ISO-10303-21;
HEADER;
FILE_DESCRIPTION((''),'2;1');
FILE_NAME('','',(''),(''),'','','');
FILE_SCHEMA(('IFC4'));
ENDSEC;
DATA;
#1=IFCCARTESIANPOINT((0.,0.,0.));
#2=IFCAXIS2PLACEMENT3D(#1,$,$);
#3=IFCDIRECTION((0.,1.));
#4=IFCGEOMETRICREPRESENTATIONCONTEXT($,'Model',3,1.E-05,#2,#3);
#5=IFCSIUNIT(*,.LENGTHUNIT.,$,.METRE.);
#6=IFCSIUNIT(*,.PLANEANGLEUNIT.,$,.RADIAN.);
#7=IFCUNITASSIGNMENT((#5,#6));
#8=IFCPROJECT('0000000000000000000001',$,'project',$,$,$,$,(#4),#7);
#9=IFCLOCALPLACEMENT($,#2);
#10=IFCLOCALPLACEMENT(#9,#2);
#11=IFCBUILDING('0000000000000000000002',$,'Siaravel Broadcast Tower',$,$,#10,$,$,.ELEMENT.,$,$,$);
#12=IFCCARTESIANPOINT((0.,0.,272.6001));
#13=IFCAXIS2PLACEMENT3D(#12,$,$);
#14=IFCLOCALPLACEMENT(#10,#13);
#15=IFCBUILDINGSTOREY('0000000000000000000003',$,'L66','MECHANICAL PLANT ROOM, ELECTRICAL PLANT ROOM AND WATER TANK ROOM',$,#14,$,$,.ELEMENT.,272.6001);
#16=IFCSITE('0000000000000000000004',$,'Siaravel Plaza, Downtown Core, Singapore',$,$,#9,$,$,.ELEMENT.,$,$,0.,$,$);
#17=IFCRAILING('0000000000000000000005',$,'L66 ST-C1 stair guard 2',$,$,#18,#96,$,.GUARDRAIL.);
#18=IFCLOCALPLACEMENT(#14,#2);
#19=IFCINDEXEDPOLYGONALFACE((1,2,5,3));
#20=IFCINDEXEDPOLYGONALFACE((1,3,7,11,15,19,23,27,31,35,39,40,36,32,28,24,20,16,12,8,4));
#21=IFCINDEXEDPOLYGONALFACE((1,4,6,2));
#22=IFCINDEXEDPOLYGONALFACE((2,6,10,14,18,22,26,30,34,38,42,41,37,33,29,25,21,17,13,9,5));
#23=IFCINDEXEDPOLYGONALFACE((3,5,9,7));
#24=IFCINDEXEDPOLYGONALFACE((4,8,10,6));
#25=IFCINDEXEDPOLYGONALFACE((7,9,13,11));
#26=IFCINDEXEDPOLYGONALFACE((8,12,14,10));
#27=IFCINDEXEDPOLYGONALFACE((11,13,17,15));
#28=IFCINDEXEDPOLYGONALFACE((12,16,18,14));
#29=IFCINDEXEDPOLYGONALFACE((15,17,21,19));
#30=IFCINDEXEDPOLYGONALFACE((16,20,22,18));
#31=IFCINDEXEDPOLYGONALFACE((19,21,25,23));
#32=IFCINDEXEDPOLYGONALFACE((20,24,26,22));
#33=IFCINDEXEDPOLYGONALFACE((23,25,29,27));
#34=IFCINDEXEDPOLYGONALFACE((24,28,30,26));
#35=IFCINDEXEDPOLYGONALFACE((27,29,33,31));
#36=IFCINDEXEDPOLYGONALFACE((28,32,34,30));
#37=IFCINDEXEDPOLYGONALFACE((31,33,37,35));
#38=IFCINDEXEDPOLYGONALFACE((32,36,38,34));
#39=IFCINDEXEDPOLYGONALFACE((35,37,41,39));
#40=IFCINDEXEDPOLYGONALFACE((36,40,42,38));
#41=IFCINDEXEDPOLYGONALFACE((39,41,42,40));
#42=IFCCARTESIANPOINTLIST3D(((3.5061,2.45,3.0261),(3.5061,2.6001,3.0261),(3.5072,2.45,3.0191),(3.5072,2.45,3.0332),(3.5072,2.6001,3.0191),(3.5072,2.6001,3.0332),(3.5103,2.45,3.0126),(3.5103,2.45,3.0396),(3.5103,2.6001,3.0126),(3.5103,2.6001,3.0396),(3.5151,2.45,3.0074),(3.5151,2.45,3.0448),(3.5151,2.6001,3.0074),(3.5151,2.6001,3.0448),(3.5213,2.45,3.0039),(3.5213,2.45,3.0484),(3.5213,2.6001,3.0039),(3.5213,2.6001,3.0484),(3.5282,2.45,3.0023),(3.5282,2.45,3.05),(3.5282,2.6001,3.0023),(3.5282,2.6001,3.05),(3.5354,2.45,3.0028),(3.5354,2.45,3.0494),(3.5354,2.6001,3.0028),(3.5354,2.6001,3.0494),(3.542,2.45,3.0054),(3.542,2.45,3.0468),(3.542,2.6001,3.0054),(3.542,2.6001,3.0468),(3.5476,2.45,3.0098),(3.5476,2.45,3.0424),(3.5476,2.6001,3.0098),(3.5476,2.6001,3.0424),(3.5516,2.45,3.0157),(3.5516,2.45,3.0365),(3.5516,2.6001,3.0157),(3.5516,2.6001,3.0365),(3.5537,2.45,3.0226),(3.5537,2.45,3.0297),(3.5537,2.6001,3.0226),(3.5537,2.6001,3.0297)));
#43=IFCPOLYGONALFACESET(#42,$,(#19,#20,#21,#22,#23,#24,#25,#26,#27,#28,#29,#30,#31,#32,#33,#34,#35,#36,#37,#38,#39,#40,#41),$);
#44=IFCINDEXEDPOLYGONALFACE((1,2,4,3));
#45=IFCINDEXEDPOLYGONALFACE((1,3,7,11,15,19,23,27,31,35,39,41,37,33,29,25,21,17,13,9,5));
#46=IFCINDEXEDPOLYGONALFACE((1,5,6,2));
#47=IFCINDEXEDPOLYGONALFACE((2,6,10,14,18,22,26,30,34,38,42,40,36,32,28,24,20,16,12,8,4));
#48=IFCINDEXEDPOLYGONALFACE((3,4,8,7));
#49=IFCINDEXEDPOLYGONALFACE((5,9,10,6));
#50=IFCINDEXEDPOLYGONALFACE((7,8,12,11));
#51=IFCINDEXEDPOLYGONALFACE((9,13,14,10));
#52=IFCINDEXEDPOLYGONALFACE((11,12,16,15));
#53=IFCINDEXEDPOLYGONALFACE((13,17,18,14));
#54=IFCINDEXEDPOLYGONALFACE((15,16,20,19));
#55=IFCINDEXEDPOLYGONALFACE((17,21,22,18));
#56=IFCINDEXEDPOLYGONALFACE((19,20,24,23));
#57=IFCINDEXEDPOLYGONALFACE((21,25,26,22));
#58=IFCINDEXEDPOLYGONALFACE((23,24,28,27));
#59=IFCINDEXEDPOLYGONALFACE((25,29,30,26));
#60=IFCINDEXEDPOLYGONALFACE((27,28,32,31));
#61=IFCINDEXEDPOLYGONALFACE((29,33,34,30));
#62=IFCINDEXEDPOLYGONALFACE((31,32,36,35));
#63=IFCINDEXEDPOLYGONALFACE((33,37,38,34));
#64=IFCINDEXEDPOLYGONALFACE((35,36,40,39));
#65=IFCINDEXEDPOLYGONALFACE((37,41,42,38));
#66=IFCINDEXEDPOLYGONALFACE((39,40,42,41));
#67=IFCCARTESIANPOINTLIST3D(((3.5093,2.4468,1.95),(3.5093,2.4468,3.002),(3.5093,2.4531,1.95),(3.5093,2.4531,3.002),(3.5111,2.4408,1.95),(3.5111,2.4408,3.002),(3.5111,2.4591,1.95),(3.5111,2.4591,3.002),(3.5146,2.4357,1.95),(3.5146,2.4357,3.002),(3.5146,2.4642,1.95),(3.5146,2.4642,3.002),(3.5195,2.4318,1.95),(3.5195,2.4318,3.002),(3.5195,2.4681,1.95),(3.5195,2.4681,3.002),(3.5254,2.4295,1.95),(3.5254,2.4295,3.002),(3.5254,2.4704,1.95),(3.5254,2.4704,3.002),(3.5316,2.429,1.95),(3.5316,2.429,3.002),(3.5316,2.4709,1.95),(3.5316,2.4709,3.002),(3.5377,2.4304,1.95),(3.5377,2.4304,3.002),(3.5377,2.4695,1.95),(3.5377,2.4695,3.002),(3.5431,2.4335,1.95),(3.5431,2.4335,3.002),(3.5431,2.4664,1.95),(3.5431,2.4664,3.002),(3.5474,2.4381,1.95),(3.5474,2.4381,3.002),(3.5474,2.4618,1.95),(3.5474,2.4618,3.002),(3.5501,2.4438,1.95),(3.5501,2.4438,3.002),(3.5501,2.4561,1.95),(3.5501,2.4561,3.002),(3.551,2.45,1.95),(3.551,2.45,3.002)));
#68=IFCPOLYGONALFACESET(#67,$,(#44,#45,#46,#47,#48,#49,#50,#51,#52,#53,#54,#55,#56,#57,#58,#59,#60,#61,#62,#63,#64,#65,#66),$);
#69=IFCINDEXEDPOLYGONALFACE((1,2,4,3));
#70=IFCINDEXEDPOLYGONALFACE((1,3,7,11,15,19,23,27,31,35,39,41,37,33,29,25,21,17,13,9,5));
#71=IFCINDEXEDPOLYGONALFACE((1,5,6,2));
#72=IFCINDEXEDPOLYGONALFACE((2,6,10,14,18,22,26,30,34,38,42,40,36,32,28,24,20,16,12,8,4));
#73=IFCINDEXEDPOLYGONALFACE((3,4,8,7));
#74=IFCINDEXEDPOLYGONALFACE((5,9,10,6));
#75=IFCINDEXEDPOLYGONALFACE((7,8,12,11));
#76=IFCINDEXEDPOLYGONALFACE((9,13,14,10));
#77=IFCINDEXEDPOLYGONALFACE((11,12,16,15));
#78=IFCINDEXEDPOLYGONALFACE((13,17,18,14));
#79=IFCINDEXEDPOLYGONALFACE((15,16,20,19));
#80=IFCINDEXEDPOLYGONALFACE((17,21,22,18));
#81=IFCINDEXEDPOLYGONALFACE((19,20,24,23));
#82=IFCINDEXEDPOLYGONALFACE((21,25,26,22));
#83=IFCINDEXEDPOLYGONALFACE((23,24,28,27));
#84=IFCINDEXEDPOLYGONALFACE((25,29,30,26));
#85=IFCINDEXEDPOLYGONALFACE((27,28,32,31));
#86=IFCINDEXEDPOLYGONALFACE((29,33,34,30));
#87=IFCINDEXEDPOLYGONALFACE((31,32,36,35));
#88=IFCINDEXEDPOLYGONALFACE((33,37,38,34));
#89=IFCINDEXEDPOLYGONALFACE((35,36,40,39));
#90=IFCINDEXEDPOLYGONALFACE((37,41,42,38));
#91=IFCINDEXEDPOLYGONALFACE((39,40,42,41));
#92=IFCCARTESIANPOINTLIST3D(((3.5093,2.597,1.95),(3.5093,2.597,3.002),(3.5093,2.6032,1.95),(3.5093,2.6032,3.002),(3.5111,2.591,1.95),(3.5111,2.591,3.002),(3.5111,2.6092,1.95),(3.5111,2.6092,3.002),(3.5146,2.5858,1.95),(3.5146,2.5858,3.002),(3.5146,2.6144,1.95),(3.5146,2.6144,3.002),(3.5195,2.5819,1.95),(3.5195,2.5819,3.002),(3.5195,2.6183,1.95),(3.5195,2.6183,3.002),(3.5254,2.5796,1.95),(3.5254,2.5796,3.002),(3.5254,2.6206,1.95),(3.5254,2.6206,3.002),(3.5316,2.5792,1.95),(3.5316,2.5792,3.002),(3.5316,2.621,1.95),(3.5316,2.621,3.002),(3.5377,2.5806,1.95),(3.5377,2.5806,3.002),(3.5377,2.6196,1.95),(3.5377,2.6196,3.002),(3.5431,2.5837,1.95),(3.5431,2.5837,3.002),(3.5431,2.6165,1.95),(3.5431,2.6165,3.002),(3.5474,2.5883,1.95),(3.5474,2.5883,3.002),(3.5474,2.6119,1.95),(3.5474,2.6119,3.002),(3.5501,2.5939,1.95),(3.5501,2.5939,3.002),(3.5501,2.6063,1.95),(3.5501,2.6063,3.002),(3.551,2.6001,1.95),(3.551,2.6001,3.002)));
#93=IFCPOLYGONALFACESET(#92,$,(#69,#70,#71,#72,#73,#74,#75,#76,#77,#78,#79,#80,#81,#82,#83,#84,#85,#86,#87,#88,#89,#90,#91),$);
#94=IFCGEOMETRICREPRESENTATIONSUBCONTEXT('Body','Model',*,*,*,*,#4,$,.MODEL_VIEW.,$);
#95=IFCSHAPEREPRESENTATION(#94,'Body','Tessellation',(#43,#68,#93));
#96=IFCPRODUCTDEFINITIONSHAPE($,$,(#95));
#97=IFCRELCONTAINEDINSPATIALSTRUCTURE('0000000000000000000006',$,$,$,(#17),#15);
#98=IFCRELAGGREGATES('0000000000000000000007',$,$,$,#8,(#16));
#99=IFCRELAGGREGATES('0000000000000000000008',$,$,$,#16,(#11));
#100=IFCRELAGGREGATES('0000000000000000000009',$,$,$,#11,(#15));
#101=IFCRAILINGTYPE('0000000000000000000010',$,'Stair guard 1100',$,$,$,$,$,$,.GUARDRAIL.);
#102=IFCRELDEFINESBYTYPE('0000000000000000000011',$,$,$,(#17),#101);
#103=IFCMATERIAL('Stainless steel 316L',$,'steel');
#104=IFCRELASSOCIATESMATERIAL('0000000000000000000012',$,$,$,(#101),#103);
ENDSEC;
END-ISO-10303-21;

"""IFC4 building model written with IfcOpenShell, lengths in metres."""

from ifc_helpers import new_model, si_unit, direction, frame, origin, origin_2d, place, context, subcontext, project, spatial, circle, extrude, material, type_object, element, save


model = new_model("IFC4")

# Units and contexts
model_context = context("Model", 3, precision=1e-05, world=origin(), true_north=direction((0.0, 1.0)))
body_context = subcontext(model_context, "Body", "Model", "MODEL_VIEW")
ifc_project = project(units=[si_unit("LENGTHUNIT", "METRE"), si_unit("PLANEANGLEUNIT", "RADIAN")], contexts=[model_context])

# Site, building, storey
site_placement = place(None, origin())
site = spatial("IfcSite", under=ifc_project, at=site_placement, Name="Siaravel Plaza, Downtown Core, Singapore", CompositionType="ELEMENT", RefElevation=0.0)
building_placement = place(site_placement, origin())
building = spatial("IfcBuilding", under=site, at=building_placement, Name="Siaravel Broadcast Tower", CompositionType="ELEMENT")
storey_placement = place(building_placement, frame((0.0, 0.0, 272.6001)))
storey = spatial("IfcBuildingStorey", under=building, at=storey_placement, Name="L66", Description="MECHANICAL PLANT ROOM, ELECTRICAL PLANT ROOM AND WATER TANK ROOM", CompositionType="ELEMENT", Elevation=272.6001)

# Railing
ifc_material_1 = material(Name="Stainless steel 316L", Category="steel")
railing_type_1 = type_object("IfcRailingType", Name="Stair guard 1100", PredefinedType="GUARDRAIL", material=ifc_material_1)
railing_1_placement = place(storey_placement, frame((3.53, 2.45, 1.95)))
element("IfcRailing", 1, at=railing_1_placement, inside=storey, type_object=railing_type_1, Name="L66 ST-C1 stair guard 2", PredefinedType="GUARDRAIL", context=body_context, shape_type="SweptSolid", body=[
    extrude(circle(Radius=0.0239, at=origin_2d()), frame((0.0, 0.0, 1.0762), z_axis=(0.0, 1.0, 0.0), x_axis=(-1.0, 0.0, 0.0)), (0.0, 0.0, 1.0), 0.1501),
    extrude(circle(Radius=0.021, at=origin_2d()), origin(), (0.0, 0.0, 1.0), 1.052),
    extrude(circle(Radius=0.021, at=origin_2d()), frame((0.0, 0.1501, 0.0)), (0.0, 0.0, 1.0), 1.052),
])

save(model, "model.ifc")
